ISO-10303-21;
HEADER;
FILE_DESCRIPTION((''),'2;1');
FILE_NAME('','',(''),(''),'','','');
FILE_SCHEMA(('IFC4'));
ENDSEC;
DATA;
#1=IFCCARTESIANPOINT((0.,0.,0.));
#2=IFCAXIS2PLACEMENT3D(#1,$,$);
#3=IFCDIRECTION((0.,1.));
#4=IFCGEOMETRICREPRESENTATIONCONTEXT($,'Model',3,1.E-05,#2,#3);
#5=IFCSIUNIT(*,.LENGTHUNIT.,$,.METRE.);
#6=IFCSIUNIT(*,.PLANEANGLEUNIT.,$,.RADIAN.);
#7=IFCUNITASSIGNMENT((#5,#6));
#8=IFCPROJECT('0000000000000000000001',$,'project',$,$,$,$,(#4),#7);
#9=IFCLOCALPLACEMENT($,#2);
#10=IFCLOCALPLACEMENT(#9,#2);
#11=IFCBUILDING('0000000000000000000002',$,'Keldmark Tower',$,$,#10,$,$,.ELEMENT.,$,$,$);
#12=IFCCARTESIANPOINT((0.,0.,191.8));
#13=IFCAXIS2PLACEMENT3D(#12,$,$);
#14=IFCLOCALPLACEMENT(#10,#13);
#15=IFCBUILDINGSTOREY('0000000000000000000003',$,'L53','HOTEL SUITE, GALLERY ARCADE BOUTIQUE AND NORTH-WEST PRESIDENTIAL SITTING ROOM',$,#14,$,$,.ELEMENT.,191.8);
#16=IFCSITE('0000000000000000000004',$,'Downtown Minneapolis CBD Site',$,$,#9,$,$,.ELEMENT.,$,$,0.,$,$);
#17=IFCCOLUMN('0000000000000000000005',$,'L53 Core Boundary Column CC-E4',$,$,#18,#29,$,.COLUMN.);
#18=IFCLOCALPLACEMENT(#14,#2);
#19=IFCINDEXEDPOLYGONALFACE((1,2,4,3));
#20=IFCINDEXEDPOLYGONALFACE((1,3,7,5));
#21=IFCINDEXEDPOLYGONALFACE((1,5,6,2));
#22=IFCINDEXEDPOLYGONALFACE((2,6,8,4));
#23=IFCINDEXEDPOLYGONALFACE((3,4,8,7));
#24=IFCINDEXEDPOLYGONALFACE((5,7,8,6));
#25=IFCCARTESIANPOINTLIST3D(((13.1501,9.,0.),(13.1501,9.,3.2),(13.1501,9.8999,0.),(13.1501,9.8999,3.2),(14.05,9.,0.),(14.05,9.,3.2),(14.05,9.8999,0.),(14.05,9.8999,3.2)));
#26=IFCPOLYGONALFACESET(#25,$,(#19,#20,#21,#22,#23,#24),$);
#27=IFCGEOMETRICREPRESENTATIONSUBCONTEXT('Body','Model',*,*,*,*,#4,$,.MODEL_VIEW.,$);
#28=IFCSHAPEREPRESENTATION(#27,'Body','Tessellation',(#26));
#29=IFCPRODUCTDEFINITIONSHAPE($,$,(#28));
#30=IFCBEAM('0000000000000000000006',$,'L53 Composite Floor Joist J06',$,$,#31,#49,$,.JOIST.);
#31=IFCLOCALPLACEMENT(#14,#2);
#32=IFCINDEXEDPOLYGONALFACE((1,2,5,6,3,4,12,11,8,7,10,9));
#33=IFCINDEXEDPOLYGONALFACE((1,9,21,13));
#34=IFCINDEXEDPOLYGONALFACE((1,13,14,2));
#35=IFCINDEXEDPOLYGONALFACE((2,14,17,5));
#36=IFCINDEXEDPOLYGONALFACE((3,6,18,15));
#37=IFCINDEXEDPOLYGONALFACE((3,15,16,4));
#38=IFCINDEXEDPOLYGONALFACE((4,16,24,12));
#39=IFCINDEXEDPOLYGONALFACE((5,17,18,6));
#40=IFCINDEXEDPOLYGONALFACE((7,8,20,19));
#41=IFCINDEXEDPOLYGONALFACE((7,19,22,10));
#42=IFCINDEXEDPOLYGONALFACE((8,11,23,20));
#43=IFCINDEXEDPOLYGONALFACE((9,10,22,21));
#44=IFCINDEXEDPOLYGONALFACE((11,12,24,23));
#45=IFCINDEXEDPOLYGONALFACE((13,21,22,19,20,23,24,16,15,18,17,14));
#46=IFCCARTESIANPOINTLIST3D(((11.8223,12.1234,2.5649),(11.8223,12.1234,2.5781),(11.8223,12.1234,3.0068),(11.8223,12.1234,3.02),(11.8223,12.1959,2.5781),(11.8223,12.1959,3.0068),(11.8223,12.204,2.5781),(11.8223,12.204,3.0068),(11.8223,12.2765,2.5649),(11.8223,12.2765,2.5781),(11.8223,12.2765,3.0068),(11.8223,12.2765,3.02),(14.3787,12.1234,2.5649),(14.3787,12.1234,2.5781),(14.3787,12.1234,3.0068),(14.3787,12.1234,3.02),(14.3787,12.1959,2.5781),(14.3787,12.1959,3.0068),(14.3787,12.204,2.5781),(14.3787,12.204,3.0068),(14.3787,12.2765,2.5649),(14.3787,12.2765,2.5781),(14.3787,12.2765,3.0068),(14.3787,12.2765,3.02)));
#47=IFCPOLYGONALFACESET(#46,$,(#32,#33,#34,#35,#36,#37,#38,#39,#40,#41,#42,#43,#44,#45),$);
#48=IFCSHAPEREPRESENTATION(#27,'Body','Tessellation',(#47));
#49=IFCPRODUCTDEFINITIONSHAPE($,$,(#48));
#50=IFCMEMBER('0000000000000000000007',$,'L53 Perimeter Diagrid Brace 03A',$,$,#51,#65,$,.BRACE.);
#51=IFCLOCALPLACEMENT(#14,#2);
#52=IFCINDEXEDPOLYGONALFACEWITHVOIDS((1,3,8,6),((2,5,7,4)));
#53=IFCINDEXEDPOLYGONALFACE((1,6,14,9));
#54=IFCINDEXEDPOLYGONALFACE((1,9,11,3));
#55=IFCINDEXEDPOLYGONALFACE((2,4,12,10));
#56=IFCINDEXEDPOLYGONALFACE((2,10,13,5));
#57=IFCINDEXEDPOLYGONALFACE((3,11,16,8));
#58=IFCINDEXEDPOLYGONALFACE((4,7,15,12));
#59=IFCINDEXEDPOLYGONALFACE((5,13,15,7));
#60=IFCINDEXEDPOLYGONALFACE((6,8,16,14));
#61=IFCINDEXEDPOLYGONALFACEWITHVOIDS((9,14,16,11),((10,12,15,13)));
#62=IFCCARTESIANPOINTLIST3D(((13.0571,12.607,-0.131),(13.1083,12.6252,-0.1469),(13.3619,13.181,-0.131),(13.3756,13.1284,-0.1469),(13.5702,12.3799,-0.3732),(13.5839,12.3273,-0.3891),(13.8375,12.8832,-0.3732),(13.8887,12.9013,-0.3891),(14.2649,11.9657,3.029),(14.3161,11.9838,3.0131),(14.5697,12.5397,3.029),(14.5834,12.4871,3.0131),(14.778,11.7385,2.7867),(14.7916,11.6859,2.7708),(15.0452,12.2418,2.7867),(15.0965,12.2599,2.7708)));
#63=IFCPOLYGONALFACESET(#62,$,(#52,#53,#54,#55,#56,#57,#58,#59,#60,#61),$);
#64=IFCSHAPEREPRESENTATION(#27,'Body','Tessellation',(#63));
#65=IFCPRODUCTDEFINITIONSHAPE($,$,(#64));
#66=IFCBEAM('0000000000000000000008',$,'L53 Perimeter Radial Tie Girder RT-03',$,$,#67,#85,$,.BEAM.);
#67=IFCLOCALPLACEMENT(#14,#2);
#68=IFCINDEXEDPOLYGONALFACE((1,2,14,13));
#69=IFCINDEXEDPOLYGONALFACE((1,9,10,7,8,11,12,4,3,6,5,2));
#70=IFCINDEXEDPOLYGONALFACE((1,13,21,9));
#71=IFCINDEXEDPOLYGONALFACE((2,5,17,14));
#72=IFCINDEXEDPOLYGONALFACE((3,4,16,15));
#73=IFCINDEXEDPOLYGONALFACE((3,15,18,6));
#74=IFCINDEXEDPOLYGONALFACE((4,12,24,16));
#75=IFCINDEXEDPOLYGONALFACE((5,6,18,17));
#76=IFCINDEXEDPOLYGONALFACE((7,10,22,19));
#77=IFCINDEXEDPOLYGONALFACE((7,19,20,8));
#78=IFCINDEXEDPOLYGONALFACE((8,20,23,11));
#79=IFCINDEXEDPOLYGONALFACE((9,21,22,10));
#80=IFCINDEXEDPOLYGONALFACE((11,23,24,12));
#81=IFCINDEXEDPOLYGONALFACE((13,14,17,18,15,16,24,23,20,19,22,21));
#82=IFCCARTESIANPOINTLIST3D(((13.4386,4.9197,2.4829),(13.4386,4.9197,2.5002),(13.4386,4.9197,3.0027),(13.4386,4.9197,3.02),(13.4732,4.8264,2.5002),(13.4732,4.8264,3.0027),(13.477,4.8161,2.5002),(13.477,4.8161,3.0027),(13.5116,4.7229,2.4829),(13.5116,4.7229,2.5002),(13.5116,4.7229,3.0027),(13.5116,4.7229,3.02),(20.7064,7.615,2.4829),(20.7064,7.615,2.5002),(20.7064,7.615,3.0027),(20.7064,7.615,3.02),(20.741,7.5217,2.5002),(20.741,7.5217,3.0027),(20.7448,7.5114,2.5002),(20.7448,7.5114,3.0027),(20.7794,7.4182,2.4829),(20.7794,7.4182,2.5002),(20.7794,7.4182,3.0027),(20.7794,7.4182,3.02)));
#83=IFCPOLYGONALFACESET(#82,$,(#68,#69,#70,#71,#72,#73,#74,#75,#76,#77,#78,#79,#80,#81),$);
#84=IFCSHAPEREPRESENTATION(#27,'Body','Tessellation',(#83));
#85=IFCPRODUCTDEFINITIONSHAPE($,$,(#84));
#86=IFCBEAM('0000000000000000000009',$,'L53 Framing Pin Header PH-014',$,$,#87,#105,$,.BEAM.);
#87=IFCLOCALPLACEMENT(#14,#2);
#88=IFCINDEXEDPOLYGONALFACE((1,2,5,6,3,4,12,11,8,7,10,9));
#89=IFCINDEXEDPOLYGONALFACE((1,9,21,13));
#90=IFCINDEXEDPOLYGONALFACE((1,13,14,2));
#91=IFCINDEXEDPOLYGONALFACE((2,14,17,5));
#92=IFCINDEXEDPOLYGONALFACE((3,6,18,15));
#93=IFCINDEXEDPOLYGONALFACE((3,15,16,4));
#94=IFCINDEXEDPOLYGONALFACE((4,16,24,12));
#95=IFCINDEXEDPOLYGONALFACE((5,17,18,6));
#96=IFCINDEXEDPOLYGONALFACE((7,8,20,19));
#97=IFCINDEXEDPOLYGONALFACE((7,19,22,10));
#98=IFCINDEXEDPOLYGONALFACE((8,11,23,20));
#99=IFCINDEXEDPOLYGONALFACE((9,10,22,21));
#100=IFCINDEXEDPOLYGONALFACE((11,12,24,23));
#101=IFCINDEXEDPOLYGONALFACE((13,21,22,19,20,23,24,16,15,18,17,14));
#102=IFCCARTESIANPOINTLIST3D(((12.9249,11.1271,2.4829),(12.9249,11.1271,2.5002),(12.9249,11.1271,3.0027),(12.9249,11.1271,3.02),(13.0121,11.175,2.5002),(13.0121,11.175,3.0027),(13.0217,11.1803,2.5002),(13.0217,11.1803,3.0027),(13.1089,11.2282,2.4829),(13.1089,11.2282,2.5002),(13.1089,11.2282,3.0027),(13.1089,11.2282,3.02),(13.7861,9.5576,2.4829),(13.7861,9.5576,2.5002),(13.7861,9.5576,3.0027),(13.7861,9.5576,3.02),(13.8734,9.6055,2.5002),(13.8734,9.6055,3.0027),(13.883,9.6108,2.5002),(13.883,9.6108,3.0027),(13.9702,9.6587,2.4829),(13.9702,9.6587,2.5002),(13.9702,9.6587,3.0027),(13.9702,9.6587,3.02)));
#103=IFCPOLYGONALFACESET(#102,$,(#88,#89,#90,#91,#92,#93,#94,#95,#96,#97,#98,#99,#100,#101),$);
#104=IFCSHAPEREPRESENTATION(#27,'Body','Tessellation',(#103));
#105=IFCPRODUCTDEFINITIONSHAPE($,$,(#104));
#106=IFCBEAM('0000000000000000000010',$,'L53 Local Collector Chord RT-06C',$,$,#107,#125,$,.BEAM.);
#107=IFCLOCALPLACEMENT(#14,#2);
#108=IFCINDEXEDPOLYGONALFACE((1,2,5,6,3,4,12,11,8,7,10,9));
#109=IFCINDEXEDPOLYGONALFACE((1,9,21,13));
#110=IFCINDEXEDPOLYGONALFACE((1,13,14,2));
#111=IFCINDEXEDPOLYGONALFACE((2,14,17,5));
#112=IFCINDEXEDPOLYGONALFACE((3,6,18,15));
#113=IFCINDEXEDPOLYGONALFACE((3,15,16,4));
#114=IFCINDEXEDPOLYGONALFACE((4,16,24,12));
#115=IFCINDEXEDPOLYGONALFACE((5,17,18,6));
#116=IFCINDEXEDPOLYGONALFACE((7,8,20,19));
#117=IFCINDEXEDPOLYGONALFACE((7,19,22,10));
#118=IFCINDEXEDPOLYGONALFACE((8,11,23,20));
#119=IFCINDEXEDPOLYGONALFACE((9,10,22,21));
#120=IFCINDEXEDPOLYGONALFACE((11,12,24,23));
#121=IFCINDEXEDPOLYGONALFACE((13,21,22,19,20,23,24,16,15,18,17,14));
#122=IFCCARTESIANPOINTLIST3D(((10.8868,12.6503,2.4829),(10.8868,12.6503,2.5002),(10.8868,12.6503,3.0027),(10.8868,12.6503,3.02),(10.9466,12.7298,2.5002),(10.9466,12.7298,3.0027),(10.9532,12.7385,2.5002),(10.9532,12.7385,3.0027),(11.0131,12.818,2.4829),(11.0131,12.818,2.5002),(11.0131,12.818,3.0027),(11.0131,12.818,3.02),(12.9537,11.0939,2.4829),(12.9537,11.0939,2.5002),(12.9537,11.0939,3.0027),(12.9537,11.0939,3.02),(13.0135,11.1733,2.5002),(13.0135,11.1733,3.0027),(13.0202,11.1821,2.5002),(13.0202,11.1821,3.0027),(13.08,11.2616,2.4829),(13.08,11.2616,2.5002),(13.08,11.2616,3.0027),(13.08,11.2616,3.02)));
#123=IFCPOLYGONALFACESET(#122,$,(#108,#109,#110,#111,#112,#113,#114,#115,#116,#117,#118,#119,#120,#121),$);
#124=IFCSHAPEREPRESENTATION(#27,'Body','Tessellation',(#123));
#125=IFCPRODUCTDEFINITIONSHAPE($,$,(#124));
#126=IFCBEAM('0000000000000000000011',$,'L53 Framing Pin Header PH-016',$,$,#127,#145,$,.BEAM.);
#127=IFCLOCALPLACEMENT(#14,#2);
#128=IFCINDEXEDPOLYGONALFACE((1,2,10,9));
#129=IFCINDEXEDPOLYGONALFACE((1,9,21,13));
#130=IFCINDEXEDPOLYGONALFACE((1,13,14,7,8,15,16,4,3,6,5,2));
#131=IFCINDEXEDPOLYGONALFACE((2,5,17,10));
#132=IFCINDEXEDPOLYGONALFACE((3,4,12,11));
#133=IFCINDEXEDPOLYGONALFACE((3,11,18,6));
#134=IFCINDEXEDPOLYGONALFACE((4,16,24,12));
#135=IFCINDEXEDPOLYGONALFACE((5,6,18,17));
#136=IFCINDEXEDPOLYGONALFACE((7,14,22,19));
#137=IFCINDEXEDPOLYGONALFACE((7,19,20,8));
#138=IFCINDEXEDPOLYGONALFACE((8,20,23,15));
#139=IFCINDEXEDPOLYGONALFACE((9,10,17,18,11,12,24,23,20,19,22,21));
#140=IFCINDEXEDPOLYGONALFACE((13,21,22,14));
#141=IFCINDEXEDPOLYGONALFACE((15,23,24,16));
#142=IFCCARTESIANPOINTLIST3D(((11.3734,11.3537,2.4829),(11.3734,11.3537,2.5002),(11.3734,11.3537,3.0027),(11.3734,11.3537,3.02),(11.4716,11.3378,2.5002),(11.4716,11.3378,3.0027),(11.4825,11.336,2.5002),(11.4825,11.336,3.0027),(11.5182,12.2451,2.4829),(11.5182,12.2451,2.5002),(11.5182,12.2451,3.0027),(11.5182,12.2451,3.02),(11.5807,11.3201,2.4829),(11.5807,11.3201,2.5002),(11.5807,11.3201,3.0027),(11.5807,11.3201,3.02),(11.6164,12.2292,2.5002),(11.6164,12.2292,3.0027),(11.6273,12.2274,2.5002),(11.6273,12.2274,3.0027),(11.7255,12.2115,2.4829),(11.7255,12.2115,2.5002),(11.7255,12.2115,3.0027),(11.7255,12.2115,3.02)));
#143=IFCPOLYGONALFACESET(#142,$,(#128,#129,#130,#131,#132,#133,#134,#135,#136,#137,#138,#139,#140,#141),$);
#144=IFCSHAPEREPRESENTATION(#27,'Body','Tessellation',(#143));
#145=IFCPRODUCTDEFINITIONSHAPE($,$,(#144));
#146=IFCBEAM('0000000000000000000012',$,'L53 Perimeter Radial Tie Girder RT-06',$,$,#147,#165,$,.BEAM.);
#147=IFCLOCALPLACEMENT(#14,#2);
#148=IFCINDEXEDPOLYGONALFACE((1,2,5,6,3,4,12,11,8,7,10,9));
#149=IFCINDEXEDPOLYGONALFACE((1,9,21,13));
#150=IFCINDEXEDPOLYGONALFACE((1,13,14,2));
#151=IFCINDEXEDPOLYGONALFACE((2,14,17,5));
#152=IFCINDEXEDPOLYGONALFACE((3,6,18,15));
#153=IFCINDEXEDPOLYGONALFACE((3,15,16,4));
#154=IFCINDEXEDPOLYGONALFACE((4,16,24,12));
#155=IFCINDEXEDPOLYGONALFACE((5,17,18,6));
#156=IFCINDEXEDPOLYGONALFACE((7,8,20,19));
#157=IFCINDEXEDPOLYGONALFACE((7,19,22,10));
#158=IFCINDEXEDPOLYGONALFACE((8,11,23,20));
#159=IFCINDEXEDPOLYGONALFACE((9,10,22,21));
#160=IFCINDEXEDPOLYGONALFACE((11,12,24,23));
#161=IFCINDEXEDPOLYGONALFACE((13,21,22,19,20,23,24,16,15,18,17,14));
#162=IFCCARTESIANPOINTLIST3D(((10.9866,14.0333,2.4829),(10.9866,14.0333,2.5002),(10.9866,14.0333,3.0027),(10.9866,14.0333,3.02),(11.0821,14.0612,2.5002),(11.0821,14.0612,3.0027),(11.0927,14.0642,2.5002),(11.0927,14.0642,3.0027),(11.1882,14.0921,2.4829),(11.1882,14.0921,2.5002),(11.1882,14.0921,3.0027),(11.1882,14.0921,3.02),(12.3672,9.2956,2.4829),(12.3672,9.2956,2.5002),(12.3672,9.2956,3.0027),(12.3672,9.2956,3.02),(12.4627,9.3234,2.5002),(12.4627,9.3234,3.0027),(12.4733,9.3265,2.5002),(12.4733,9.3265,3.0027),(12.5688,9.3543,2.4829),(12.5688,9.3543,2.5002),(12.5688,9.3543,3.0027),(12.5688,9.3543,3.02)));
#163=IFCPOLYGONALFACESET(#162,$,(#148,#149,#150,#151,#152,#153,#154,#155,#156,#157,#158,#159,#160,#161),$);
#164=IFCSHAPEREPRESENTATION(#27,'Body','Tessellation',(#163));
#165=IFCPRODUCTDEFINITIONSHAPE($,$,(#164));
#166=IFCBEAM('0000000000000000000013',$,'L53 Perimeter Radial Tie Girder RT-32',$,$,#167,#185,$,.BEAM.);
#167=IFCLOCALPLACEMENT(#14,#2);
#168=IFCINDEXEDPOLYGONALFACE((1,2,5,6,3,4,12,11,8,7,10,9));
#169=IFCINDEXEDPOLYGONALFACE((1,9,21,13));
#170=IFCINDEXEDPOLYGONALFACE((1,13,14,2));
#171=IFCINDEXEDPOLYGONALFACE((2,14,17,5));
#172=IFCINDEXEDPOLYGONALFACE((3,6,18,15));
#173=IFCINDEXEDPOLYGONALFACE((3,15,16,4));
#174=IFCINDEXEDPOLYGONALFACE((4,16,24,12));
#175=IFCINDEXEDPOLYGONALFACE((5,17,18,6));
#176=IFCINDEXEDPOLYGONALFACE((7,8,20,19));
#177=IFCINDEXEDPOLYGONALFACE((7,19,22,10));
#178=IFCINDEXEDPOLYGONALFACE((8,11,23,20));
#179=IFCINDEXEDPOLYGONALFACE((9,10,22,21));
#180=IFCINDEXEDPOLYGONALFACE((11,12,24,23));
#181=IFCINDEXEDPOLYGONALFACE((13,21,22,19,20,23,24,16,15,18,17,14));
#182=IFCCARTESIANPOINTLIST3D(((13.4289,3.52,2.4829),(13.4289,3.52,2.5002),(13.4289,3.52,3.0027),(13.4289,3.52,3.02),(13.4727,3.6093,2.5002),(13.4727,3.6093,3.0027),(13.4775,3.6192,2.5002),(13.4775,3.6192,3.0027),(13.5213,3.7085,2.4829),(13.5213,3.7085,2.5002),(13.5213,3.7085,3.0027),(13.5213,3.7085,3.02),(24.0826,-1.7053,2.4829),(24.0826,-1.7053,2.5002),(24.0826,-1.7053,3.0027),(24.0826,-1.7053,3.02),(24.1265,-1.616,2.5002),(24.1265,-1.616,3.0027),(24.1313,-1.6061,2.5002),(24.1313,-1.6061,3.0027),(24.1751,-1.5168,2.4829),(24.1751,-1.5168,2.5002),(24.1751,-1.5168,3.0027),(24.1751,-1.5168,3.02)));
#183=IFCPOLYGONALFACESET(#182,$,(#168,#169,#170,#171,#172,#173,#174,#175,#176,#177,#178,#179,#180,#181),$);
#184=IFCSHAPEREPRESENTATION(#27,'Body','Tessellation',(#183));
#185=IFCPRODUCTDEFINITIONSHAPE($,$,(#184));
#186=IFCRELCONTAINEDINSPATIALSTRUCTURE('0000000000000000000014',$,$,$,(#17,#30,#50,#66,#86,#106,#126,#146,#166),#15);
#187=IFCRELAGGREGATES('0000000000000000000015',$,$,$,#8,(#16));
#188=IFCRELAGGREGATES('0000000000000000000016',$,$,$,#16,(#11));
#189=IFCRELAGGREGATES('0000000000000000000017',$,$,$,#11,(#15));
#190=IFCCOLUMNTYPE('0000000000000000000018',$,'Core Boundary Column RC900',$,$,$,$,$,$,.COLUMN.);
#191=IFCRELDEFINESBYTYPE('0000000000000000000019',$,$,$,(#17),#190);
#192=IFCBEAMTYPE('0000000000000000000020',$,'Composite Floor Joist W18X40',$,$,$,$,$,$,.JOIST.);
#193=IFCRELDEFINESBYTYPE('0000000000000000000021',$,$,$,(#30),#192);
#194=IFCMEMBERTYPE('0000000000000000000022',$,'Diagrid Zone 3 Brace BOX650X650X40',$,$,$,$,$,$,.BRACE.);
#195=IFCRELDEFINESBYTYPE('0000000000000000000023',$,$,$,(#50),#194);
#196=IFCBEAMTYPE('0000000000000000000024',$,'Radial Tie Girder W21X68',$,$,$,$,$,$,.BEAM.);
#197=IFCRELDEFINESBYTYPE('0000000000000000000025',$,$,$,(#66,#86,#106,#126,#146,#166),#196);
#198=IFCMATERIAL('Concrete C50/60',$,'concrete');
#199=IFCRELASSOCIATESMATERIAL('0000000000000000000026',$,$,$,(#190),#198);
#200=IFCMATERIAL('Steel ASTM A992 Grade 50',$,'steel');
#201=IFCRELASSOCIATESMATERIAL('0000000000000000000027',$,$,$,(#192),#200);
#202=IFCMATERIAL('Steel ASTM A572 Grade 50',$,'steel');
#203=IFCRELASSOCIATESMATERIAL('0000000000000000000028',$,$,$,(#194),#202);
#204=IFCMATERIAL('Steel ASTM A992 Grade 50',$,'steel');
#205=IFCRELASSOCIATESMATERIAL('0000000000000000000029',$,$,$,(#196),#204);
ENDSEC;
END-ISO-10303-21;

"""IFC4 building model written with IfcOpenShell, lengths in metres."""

from ifc_helpers import new_model, si_unit, direction, frame, origin, origin_2d, place, context, subcontext, project, spatial, rectangle, hollow_rectangle, i_section, extrude, material, material_profile, profile_set, type_object, element, save


model = new_model("IFC4")

# Units and contexts
model_context = context("Model", 3, precision=1e-05, world=origin(), true_north=direction((0.0, 1.0)))
body_context = subcontext(model_context, "Body", "Model", "MODEL_VIEW")
ifc_project = project(units=[si_unit("LENGTHUNIT", "METRE"), si_unit("PLANEANGLEUNIT", "RADIAN")], contexts=[model_context])

# Site, building, storey
site_placement = place(None, origin())
site = spatial("IfcSite", under=ifc_project, at=site_placement, Name="Downtown Minneapolis CBD Site", CompositionType="ELEMENT", RefElevation=0.0)
building_placement = place(site_placement, origin())
building = spatial("IfcBuilding", under=site, at=building_placement, Name="Keldmark Tower", CompositionType="ELEMENT")
storey_placement = place(building_placement, frame((0.0, 0.0, 191.8)))
storey = spatial("IfcBuildingStorey", under=building, at=storey_placement, Name="L53", Description="HOTEL SUITE, GALLERY ARCADE BOUTIQUE AND NORTH-WEST PRESIDENTIAL SITTING ROOM", CompositionType="ELEMENT", Elevation=191.8)

# Column
ifc_material_1 = material(Name="Concrete C50/60", Category="concrete")
ifc_material_profile_1 = material_profile(ifc_material_1, rectangle(XDim=0.8999, YDim=0.8999, at=origin_2d()), Name="RC900X900")
ifc_profile_set_1 = profile_set([ifc_material_profile_1], Name="Concrete C50/60")
column_type = type_object("IfcColumnType", Name="Core Boundary Column RC900", PredefinedType="COLUMN", material=ifc_profile_set_1)
column_placement = place(storey_placement, frame((13.6001, 9.45, 0.0), z_axis=(0.0, 0.0, 1.0), x_axis=(1.0, 0.0, 0.0)))
element("IfcColumn", 1, at=column_placement, inside=storey, type_object=column_type, Name="L53 Core Boundary Column CC-E4", PredefinedType="COLUMN", context=body_context, shape_type="SweptSolid", body=[
    extrude(rectangle(XDim=0.8999, YDim=0.8999, at=origin_2d()), origin(), (0.0, 0.0, 1.0), 3.2),
])

# Beam
ifc_material_2 = material(Name="Steel ASTM A992 Grade 50", Category="steel")
ifc_material_profile_2 = material_profile(ifc_material_2, i_section(OverallWidth=0.1531, OverallDepth=0.4551, WebThickness=0.0081, FlangeThickness=0.0132, at=origin_2d()), Name="W18X40")
ifc_profile_set_2 = profile_set([ifc_material_profile_2], Name="Steel ASTM A992 Grade 50")
beam_type_1 = type_object("IfcBeamType", Name="Composite Floor Joist W18X40", PredefinedType="JOIST", material=ifc_profile_set_2)
beam_1_placement = place(storey_placement, frame((11.8223, 12.2, 2.7925), z_axis=(1.0, 0.0, 0.0), x_axis=(0.0, 1.0, 0.0)))
element("IfcBeam", 2, at=beam_1_placement, inside=storey, type_object=beam_type_1, Name="L53 Composite Floor Joist J06", PredefinedType="JOIST", context=body_context, shape_type="SweptSolid", body=[
    extrude(i_section(OverallWidth=0.1531, OverallDepth=0.4551, WebThickness=0.0081, FlangeThickness=0.0132, at=origin_2d()), origin(), (0.0, 0.0, 1.0), 2.5564),
])

# Member
ifc_material_3 = material(Name="Steel ASTM A572 Grade 50", Category="steel")
ifc_material_profile_3 = material_profile(ifc_material_3, hollow_rectangle(XDim=0.6499, YDim=0.6499, WallThickness=0.04, at=origin_2d()), Name="BOX650X650X40")
ifc_profile_set_3 = profile_set([ifc_material_profile_3], Name="Steel ASTM A572 Grade 50")
member_type = type_object("IfcMemberType", Name="Diagrid Zone 3 Brace BOX650X650X40", PredefinedType="BRACE", material=ifc_profile_set_3)
member_placement = place(storey_placement, frame((13.4729, 12.7542, -0.26), z_axis=(0.350776, -0.186272, 0.917747), x_axis=(0.469003, 0.883197, 0.0)))
element("IfcMember", 3, at=member_placement, inside=storey, type_object=member_type, Name="L53 Perimeter Diagrid Brace 03A", PredefinedType="BRACE", context=body_context, shape_type="SweptSolid", body=[
    extrude(hollow_rectangle(XDim=0.6499, YDim=0.6499, WallThickness=0.04, at=origin_2d()), origin(), (0.0, 0.0, 1.0), 3.4431),
])

# Beams
ifc_material_4 = material(Name="Steel ASTM A992 Grade 50", Category="steel")
ifc_material_profile_4 = material_profile(ifc_material_4, i_section(OverallWidth=0.21, OverallDepth=0.5371, WebThickness=0.011, FlangeThickness=0.0173, at=origin_2d()), Name="W21X68")
ifc_profile_set_4 = profile_set([ifc_material_profile_4], Name="Steel ASTM A992 Grade 50")
beam_type_2 = type_object("IfcBeamType", Name="Radial Tie Girder W21X68", PredefinedType="BEAM", material=ifc_profile_set_4)
beam_2_placement = place(storey_placement, frame((13.4751, 4.8213, 2.7515), z_axis=(0.937601, 0.347714, 0.0), x_axis=(-0.347714, 0.937601, 0.0)))
element("IfcBeam", 4, at=beam_2_placement, inside=storey, type_object=beam_type_2, Name="L53 Perimeter Radial Tie Girder RT-03", PredefinedType="BEAM", context=body_context, shape_type="SweptSolid", body=[
    extrude(i_section(OverallWidth=0.21, OverallDepth=0.5371, WebThickness=0.011, FlangeThickness=0.0173, at=origin_2d()), origin(), (0.0, 0.0, 1.0), 7.7515),
])
beam_3_placement = place(storey_placement, frame((13.8782, 9.6082, 2.7515), z_axis=(-0.481086, 0.876673, 0.0), x_axis=(-0.876673, -0.481086, 0.0)))
element("IfcBeam", 5, at=beam_3_placement, inside=storey, type_object=beam_type_2, Name="L53 Framing Pin Header PH-014", PredefinedType="BEAM", context=body_context, shape_type="SweptSolid", body=[
    extrude(i_section(OverallWidth=0.21, OverallDepth=0.5371, WebThickness=0.011, FlangeThickness=0.0173, at=origin_2d()), origin(), (0.0, 0.0, 1.0), 1.7903),
])
beam_4_placement = place(storey_placement, frame((13.0168, 11.1777, 2.7515), z_axis=(-0.798844, 0.601539, 0.0), x_axis=(-0.601539, -0.798844, 0.0)))
element("IfcBeam", 6, at=beam_4_placement, inside=storey, type_object=beam_type_2, Name="L53 Local Collector Chord RT-06C", PredefinedType="BEAM", context=body_context, shape_type="SweptSolid", body=[
    extrude(i_section(OverallWidth=0.21, OverallDepth=0.5371, WebThickness=0.011, FlangeThickness=0.0173, at=origin_2d()), origin(), (0.0, 0.0, 1.0), 2.5874),
])
beam_5_placement = place(storey_placement, frame((11.4771, 11.3369, 2.7515), z_axis=(0.16032, 0.987065, 0.0), x_axis=(-0.987065, 0.16032, 0.0)))
element("IfcBeam", 7, at=beam_5_placement, inside=storey, type_object=beam_type_2, Name="L53 Framing Pin Header PH-016", PredefinedType="BEAM", context=body_context, shape_type="SweptSolid", body=[
    extrude(i_section(OverallWidth=0.21, OverallDepth=0.5371, WebThickness=0.011, FlangeThickness=0.0173, at=origin_2d()), origin(), (0.0, 0.0, 1.0), 0.9031),
])
beam_6_placement = place(storey_placement, frame((12.468, 9.325, 2.7515), z_axis=(-0.279768, 0.960068, 0.0), x_axis=(-0.960068, -0.279768, 0.0)))
element("IfcBeam", 8, at=beam_6_placement, inside=storey, type_object=beam_type_2, Name="L53 Perimeter Radial Tie Girder RT-06", PredefinedType="BEAM", context=body_context, shape_type="SweptSolid", body=[
    extrude(i_section(OverallWidth=0.21, OverallDepth=0.5371, WebThickness=0.011, FlangeThickness=0.0173, at=origin_2d()), origin(), (0.0, 0.0, 1.0), 4.9348),
])
beam_7_placement = place(storey_placement, frame((13.4751, 3.6143, 2.7515), z_axis=(0.897825, -0.440353, 0.0), x_axis=(0.440353, 0.897825, 0.0)))
element("IfcBeam", 9, at=beam_7_placement, inside=storey, type_object=beam_type_2, Name="L53 Perimeter Radial Tie Girder RT-32", PredefinedType="BEAM", context=body_context, shape_type="SweptSolid", body=[
    extrude(i_section(OverallWidth=0.21, OverallDepth=0.5371, WebThickness=0.011, FlangeThickness=0.0173, at=origin_2d()), origin(), (0.0, 0.0, 1.0), 11.8662),
])

save(model, "model.ifc")
